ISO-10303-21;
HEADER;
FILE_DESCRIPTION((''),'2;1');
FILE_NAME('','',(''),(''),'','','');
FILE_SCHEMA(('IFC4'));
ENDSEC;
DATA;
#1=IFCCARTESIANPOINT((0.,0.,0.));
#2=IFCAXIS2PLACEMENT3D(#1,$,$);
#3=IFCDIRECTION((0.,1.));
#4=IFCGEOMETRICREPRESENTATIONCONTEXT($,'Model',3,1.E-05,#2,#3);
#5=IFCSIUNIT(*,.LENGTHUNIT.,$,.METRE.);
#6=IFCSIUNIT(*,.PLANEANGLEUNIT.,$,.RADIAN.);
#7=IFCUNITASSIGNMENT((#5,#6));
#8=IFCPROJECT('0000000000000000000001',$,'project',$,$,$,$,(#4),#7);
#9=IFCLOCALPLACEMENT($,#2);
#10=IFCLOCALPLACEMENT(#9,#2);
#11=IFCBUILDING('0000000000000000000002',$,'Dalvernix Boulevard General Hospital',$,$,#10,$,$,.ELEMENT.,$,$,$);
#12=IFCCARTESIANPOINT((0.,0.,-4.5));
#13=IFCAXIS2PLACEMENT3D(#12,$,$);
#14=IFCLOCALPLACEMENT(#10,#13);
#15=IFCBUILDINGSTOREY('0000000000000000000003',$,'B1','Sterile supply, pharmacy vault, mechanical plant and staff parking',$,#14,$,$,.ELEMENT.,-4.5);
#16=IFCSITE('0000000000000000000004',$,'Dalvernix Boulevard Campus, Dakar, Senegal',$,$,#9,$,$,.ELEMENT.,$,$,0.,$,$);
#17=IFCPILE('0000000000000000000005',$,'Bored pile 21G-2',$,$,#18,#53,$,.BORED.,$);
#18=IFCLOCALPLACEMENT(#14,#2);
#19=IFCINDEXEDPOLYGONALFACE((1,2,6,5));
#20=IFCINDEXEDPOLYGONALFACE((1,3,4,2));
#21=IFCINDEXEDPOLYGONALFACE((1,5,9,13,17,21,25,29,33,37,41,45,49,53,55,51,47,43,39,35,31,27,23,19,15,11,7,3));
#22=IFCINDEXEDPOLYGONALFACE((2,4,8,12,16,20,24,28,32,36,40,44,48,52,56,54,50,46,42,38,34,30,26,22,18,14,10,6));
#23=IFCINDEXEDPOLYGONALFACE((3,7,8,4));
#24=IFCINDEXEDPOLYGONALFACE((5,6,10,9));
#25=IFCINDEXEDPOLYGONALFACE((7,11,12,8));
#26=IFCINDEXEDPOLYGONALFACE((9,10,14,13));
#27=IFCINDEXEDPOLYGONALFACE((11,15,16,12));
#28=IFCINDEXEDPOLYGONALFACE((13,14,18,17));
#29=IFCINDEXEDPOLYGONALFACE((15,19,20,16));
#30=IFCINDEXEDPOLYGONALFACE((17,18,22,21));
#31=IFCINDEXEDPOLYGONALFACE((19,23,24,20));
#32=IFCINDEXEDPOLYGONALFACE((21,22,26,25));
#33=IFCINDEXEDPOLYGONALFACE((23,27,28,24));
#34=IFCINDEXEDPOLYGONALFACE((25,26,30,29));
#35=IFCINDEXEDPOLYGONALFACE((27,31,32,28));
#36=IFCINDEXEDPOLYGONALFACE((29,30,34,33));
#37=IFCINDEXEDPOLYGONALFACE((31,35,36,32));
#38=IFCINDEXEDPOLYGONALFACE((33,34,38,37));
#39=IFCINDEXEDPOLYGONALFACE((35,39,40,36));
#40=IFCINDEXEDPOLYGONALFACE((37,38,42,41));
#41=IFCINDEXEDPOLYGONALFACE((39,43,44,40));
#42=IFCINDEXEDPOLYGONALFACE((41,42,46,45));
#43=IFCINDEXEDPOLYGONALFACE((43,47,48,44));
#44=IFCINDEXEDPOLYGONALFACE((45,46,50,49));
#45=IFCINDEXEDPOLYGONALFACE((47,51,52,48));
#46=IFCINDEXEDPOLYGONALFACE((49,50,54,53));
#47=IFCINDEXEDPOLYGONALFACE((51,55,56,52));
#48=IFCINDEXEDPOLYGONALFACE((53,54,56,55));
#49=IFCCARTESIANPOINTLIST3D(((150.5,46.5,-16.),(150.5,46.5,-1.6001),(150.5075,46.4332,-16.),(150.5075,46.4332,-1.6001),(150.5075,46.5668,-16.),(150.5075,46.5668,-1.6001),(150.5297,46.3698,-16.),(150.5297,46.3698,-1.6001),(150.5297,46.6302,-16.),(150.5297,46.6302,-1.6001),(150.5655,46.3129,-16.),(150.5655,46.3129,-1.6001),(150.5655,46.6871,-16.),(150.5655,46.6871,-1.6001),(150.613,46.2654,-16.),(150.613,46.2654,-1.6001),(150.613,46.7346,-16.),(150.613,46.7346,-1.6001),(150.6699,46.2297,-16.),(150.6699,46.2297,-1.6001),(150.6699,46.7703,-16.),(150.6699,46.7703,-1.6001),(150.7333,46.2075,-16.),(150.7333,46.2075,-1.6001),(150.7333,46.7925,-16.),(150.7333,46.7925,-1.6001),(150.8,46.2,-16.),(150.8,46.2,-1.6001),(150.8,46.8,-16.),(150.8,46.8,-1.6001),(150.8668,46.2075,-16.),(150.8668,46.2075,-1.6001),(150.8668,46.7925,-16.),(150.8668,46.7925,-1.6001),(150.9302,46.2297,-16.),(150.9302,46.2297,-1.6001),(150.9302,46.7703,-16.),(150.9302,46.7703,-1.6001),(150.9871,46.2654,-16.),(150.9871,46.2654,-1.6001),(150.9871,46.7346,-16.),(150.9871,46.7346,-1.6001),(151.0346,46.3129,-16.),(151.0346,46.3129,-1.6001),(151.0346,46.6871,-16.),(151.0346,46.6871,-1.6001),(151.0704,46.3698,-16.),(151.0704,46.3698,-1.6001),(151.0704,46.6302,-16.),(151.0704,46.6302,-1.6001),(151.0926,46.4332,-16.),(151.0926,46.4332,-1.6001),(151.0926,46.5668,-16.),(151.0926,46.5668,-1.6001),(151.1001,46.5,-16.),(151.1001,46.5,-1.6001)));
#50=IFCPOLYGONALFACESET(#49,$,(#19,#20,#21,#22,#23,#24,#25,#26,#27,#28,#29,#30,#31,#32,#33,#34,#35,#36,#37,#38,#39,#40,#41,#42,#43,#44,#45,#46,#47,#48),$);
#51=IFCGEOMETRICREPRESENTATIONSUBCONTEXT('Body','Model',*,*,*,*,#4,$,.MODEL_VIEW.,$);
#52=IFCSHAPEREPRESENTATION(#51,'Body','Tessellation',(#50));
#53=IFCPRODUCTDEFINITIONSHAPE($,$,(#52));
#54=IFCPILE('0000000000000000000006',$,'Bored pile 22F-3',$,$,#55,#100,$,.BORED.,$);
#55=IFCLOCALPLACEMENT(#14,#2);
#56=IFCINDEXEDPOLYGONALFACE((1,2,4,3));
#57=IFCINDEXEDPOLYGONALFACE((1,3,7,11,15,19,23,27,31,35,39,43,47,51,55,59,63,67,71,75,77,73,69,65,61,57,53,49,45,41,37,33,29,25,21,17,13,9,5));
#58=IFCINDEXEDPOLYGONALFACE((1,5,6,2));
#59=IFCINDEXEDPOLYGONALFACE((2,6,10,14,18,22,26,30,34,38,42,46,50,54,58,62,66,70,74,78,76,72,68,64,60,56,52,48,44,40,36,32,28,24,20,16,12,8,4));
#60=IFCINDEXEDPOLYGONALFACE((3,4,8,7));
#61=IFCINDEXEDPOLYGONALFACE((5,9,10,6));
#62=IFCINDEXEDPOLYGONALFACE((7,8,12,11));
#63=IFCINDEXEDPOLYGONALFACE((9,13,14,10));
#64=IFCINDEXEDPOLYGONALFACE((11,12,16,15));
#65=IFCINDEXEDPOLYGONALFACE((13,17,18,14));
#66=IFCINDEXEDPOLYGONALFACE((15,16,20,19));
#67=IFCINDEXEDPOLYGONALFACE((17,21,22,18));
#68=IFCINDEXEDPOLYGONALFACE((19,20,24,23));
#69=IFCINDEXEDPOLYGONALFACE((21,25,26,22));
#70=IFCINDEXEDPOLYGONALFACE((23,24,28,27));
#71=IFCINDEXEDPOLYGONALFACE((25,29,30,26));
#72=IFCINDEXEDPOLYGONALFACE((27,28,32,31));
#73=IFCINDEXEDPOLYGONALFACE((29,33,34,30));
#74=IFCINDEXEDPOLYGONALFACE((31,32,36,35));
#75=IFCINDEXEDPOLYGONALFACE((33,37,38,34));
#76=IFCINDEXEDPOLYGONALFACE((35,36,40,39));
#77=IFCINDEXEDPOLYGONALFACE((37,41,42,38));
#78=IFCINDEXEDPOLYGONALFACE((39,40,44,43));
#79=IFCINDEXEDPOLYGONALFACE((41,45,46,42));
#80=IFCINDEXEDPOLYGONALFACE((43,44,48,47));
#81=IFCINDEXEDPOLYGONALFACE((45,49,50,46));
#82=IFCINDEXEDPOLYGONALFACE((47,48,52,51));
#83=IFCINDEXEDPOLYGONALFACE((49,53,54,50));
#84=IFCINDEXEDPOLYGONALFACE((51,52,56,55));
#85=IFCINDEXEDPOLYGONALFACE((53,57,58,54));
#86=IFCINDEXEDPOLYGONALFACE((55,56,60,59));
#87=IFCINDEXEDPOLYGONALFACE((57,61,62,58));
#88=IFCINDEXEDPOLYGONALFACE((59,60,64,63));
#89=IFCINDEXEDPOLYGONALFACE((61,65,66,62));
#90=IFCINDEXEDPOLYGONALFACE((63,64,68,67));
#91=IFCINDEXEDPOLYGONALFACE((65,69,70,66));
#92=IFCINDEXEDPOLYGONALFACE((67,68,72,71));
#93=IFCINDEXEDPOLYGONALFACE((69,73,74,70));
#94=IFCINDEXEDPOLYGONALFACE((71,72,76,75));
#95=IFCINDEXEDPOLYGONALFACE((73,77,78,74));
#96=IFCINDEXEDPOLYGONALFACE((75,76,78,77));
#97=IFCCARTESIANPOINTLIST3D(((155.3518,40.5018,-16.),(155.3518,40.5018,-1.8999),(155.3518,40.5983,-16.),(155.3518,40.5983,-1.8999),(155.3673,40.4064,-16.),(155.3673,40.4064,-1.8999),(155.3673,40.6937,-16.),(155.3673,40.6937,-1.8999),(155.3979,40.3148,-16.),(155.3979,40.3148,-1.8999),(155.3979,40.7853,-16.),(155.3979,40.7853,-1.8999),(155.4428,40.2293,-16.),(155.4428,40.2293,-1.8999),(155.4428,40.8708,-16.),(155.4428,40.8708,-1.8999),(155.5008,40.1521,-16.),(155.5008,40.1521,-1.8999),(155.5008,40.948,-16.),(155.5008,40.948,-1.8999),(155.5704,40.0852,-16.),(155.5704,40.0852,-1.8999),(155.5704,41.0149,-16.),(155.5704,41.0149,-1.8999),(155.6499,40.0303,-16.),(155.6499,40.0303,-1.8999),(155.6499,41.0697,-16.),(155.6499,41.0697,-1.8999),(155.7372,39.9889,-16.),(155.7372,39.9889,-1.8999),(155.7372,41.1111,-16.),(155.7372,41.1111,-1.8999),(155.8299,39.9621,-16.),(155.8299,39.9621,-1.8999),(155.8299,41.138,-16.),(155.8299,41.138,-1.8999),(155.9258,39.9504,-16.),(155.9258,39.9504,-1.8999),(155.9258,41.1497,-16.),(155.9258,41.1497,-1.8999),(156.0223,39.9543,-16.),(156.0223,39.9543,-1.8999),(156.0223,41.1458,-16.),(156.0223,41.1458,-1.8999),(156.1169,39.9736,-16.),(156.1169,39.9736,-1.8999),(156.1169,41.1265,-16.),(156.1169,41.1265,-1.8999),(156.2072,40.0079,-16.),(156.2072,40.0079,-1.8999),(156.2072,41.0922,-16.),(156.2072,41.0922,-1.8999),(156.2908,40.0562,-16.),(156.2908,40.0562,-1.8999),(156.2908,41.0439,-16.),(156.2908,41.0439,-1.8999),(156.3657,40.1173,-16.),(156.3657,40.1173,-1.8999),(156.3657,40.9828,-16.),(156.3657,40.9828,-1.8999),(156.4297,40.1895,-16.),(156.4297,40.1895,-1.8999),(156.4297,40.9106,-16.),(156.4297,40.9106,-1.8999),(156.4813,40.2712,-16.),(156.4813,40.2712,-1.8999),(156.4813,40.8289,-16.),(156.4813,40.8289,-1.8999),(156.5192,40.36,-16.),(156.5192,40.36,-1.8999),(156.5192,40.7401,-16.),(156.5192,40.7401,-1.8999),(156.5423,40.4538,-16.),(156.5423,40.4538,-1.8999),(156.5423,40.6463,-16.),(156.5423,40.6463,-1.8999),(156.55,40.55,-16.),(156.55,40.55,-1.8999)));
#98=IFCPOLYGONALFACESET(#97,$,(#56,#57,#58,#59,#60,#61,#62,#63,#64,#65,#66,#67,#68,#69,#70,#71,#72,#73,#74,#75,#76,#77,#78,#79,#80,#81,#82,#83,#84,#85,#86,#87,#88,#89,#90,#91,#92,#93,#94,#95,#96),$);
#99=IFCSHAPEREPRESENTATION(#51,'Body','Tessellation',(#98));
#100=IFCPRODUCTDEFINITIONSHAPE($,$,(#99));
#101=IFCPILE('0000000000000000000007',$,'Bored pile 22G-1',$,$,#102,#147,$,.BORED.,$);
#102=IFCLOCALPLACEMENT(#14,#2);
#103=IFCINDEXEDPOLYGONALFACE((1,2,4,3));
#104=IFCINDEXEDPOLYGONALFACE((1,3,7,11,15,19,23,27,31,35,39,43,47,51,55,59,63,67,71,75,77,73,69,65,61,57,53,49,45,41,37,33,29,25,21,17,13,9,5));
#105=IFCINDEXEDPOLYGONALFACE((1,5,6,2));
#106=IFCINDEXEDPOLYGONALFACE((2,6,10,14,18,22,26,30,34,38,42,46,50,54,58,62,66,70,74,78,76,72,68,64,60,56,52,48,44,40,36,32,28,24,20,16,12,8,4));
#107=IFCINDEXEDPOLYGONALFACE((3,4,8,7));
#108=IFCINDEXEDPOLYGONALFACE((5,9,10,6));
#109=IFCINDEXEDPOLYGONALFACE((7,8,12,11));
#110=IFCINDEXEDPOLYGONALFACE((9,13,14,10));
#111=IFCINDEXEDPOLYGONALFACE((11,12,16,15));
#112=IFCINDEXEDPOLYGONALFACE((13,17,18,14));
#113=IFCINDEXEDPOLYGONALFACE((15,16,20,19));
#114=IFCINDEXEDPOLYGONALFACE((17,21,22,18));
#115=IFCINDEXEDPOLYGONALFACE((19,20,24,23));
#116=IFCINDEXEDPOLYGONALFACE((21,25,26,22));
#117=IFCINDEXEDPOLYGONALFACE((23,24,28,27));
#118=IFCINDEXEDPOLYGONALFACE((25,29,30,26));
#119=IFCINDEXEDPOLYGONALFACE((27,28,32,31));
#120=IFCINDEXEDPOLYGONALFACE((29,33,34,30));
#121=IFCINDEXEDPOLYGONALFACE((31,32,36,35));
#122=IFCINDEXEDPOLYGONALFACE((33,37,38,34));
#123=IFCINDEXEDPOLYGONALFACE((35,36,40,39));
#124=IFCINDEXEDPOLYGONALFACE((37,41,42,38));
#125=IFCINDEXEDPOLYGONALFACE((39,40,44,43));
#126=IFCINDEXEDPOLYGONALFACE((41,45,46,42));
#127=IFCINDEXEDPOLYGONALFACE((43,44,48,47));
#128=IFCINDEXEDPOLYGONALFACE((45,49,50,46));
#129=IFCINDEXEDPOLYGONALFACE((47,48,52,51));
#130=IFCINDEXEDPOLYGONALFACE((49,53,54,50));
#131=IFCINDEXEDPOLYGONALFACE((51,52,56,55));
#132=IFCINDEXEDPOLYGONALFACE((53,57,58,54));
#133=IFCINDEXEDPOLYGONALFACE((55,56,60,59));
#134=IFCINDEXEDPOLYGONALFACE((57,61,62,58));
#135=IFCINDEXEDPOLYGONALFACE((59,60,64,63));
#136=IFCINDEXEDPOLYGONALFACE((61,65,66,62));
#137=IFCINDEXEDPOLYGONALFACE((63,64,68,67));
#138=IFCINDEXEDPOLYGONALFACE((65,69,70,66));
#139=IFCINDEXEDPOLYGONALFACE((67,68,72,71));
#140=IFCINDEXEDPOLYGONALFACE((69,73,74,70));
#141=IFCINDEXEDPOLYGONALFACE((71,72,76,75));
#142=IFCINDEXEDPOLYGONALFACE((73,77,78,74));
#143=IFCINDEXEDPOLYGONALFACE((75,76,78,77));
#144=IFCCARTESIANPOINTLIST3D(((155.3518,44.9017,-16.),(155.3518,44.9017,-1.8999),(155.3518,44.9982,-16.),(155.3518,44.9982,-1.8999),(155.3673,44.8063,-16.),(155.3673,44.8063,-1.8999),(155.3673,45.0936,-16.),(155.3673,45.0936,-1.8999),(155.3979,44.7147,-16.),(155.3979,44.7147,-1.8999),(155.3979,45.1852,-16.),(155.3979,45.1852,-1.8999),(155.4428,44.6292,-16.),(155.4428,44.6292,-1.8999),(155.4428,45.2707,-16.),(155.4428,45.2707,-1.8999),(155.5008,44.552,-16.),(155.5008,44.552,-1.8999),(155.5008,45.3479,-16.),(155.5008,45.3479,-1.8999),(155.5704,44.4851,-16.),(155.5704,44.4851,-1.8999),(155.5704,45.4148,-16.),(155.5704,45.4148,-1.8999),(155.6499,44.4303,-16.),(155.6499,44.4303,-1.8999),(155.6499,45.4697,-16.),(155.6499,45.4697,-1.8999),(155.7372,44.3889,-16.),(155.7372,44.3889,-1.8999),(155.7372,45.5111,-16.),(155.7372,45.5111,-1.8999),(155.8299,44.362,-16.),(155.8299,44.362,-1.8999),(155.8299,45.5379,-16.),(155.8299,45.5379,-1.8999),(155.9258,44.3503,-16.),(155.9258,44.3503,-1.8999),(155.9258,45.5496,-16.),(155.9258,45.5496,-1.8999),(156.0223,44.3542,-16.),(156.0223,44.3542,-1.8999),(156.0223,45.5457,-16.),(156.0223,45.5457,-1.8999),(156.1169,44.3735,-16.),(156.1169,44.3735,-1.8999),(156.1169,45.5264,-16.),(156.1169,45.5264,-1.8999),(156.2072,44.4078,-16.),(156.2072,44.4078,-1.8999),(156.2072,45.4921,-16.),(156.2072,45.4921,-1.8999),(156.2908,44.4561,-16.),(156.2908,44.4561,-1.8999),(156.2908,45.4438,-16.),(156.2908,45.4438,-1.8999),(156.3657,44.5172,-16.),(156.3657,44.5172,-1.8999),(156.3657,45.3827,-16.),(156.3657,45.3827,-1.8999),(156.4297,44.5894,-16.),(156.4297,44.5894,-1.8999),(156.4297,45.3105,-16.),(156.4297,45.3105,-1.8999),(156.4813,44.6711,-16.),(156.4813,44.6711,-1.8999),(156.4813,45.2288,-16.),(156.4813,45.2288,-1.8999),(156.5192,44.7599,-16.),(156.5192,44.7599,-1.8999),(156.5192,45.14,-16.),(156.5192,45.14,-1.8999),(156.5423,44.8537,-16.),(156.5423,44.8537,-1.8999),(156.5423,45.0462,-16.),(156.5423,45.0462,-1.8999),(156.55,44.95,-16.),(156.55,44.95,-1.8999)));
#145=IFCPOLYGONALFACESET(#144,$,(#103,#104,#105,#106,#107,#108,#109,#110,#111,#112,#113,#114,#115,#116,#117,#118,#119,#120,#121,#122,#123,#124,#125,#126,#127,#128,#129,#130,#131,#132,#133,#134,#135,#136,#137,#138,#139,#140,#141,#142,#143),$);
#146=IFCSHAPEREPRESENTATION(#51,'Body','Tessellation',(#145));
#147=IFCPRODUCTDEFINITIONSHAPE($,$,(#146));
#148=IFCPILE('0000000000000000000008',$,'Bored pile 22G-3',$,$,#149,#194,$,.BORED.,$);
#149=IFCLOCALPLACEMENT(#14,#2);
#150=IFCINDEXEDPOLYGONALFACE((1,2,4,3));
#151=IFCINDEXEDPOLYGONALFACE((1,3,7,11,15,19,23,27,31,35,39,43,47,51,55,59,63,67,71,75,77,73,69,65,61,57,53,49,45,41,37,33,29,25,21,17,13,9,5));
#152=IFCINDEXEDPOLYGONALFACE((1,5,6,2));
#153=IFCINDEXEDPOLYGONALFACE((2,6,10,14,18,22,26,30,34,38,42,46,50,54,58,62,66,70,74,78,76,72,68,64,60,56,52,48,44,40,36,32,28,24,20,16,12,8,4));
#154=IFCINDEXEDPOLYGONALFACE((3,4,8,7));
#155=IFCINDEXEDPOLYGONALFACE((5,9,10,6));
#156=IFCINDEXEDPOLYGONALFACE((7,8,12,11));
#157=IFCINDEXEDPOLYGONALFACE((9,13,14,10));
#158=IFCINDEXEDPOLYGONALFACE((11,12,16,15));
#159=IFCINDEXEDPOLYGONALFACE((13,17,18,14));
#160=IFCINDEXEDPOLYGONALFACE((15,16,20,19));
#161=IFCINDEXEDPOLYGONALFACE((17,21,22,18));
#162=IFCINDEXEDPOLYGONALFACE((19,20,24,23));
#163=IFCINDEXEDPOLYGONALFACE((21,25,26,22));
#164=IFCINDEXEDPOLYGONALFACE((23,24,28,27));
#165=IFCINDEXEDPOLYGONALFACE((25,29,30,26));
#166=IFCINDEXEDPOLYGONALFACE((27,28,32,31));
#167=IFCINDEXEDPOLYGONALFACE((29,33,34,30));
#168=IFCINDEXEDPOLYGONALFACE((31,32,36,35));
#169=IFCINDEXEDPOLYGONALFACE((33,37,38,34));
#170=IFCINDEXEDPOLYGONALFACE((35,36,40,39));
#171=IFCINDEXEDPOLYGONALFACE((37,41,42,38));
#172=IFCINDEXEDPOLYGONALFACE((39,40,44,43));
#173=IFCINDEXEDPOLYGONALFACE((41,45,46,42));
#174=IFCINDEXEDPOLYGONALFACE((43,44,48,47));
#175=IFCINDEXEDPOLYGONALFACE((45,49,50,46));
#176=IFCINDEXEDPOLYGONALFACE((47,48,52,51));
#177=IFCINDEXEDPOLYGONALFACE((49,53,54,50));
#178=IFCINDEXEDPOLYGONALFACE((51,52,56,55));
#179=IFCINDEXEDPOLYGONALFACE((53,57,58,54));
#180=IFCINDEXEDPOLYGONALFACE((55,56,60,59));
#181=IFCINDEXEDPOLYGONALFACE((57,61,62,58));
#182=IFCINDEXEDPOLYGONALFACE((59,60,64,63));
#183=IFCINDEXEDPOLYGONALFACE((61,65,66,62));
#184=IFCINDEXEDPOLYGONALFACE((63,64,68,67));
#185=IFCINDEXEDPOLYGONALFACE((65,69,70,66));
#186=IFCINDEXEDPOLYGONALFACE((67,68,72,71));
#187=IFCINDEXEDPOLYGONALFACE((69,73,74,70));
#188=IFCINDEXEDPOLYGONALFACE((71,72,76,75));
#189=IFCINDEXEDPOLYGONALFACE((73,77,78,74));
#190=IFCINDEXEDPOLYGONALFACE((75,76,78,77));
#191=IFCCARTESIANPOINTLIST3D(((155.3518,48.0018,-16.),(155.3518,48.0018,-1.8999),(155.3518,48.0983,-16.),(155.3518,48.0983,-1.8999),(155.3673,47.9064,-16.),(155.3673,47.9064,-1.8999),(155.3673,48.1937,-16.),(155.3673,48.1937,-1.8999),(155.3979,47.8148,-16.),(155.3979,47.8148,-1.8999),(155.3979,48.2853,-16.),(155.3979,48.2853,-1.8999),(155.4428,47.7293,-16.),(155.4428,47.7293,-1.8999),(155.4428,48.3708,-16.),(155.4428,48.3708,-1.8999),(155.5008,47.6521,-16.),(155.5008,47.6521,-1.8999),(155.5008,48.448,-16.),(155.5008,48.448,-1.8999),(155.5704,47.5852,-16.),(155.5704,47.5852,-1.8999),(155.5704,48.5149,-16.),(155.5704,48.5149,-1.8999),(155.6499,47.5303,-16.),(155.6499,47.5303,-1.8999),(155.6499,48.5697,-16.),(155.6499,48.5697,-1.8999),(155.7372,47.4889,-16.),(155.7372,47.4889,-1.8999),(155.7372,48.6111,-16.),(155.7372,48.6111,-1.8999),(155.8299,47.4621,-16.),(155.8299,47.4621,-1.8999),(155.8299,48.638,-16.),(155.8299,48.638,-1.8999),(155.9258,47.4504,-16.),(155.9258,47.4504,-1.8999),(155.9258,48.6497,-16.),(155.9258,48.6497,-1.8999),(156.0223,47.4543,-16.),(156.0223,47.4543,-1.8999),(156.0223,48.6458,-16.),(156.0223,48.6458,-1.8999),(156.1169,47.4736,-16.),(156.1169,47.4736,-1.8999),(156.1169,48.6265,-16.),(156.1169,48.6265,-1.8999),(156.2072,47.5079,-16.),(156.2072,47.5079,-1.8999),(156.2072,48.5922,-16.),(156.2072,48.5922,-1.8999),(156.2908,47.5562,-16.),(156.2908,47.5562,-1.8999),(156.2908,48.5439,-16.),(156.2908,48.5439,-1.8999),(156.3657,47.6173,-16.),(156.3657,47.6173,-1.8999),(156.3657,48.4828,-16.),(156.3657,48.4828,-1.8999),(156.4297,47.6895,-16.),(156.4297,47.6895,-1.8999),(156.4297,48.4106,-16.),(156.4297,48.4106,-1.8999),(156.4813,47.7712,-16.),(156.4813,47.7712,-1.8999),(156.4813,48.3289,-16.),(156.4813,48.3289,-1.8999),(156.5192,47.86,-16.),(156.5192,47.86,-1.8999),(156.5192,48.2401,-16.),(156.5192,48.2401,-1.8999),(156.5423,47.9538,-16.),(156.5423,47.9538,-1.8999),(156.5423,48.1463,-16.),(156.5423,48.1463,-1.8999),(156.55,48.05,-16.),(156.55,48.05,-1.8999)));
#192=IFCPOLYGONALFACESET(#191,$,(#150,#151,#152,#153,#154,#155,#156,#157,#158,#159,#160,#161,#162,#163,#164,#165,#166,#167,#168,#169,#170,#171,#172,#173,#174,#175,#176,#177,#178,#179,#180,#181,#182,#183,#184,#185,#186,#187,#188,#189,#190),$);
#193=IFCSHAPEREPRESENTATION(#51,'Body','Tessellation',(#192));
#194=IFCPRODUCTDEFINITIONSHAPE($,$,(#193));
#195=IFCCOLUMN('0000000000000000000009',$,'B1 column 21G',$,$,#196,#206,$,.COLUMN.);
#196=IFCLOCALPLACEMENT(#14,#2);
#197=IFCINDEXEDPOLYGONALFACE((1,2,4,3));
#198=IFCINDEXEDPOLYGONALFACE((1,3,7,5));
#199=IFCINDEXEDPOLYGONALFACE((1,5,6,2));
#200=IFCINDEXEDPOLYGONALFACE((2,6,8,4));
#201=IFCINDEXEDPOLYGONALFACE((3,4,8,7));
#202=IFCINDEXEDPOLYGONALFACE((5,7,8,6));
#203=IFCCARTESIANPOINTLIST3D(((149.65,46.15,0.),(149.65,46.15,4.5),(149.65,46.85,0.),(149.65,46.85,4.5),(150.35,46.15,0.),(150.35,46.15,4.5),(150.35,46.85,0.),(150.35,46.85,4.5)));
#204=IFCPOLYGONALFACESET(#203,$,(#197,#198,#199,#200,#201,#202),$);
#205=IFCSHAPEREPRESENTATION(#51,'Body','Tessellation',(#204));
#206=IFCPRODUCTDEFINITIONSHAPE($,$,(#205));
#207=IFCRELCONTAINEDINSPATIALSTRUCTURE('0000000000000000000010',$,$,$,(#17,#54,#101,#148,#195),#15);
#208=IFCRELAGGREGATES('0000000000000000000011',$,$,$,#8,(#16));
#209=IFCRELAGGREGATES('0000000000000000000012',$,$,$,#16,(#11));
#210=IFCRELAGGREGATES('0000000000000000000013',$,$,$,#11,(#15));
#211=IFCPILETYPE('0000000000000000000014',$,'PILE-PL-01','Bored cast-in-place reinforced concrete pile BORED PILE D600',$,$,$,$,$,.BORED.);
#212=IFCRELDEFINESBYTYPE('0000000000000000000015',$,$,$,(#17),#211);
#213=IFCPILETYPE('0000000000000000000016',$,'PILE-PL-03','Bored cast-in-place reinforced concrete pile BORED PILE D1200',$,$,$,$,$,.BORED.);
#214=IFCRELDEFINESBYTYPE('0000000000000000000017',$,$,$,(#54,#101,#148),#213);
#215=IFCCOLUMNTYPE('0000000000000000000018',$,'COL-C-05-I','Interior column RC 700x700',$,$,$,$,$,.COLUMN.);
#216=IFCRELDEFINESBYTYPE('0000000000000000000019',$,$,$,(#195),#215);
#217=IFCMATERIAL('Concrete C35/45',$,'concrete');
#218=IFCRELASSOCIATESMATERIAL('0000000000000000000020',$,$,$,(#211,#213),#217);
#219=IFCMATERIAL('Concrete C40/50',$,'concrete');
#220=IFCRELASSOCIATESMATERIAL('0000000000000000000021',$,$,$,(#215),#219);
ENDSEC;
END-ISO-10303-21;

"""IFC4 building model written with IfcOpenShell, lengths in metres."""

from ifc_helpers import new_model, si_unit, direction, frame, origin, origin_2d, place, context, subcontext, project, spatial, rectangle, circle, extrude, material, material_profile, profile_set, type_object, element, save


model = new_model("IFC4")

# Units and contexts
model_context = context("Model", 3, precision=1e-05, world=origin(), true_north=direction((0.0, 1.0)))
body_context = subcontext(model_context, "Body", "Model", "MODEL_VIEW")
ifc_project = project(units=[si_unit("LENGTHUNIT", "METRE"), si_unit("PLANEANGLEUNIT", "RADIAN")], contexts=[model_context])

# Site, building, storey
site_placement = place(None, origin())
site = spatial("IfcSite", under=ifc_project, at=site_placement, Name="Dalvernix Boulevard Campus, Dakar, Senegal", CompositionType="ELEMENT", RefElevation=0.0)
building_placement = place(site_placement, origin())
building = spatial("IfcBuilding", under=site, at=building_placement, Name="Dalvernix Boulevard General Hospital", CompositionType="ELEMENT")
storey_placement = place(building_placement, frame((0.0, 0.0, -4.5)))
storey = spatial("IfcBuildingStorey", under=building, at=storey_placement, Name="B1", Description="Sterile supply, pharmacy vault, mechanical plant and staff parking", CompositionType="ELEMENT", Elevation=-4.5)

# Shared definitions
ifc_material_1 = material(Name="Concrete C35/45", Category="concrete")
ifc_material_2 = material(Name="Concrete C40/50", Category="concrete")

# Piles
ifc_material_profile_1 = material_profile(ifc_material_1, circle(Radius=0.3, at=origin_2d()), Name="BORED PILE D600")
ifc_profile_set_1 = profile_set([ifc_material_profile_1], Name="Concrete C35/45")
pile_type_1 = type_object("IfcPileType", Name="PILE-PL-01", Description="Bored cast-in-place reinforced concrete pile BORED PILE D600", PredefinedType="BORED", material=ifc_profile_set_1)
for number, where, z_axis, x_axis, name in (
    (1, (150.8, 46.5, -1.6001), (0.0, 0.0, -1.0), (1.0, 0.0, 0.0), "Bored pile 21G-2"),
):
    element("IfcPile", number, at=place(storey_placement, frame(where, z_axis=z_axis, x_axis=x_axis)), inside=storey, type_object=pile_type_1, Name=name, PredefinedType="BORED", context=body_context, shape_type="SweptSolid", body=[
        extrude(circle(Radius=0.3, at=origin_2d()), origin(), (0.0, 0.0, 1.0), 14.3999),
    ])
ifc_material_profile_2 = material_profile(ifc_material_1, circle(Radius=0.6001, at=origin_2d()), Name="BORED PILE D1200")
ifc_profile_set_2 = profile_set([ifc_material_profile_2], Name="Concrete C35/45")
pile_type_2 = type_object("IfcPileType", Name="PILE-PL-03", Description="Bored cast-in-place reinforced concrete pile BORED PILE D1200", PredefinedType="BORED", material=ifc_profile_set_2)
for number, where, z_axis, x_axis, name in (
    (2, (155.95, 40.55, -1.8999), (0.0, 0.0, -1.0), (1.0, 0.0, 0.0), "Bored pile 22F-3"),
    (3, (155.95, 44.95, -1.8999), (0.0, 0.0, -1.0), (1.0, 0.0, 0.0), "Bored pile 22G-1"),
    (4, (155.95, 48.05, -1.8999), (0.0, 0.0, -1.0), (1.0, 0.0, 0.0), "Bored pile 22G-3"),
):
    element("IfcPile", number, at=place(storey_placement, frame(where, z_axis=z_axis, x_axis=x_axis)), inside=storey, type_object=pile_type_2, Name=name, PredefinedType="BORED", context=body_context, shape_type="SweptSolid", body=[
        extrude(circle(Radius=0.6001, at=origin_2d()), origin(), (0.0, 0.0, 1.0), 14.1001),
    ])

# Column
ifc_material_profile_3 = material_profile(ifc_material_2, rectangle(XDim=0.7, YDim=0.7, at=origin_2d()), Name="RC 700x700")
ifc_profile_set_3 = profile_set([ifc_material_profile_3], Name="Concrete C40/50")
column_type_1 = type_object("IfcColumnType", Name="COL-C-05-I", Description="Interior column RC 700x700", PredefinedType="COLUMN", material=ifc_profile_set_3)
column_1_placement = place(storey_placement, frame((150.0, 46.5, 0.0), z_axis=(0.0, 0.0, 1.0), x_axis=(1.0, 0.0, 0.0)))
element("IfcColumn", 5, at=column_1_placement, inside=storey, type_object=column_type_1, Name="B1 column 21G", PredefinedType="COLUMN", context=body_context, shape_type="SweptSolid", body=[
    extrude(rectangle(XDim=0.7, YDim=0.7, at=origin_2d()), origin(), (0.0, 0.0, 1.0), 4.5),
])

save(model, "model.ifc")
